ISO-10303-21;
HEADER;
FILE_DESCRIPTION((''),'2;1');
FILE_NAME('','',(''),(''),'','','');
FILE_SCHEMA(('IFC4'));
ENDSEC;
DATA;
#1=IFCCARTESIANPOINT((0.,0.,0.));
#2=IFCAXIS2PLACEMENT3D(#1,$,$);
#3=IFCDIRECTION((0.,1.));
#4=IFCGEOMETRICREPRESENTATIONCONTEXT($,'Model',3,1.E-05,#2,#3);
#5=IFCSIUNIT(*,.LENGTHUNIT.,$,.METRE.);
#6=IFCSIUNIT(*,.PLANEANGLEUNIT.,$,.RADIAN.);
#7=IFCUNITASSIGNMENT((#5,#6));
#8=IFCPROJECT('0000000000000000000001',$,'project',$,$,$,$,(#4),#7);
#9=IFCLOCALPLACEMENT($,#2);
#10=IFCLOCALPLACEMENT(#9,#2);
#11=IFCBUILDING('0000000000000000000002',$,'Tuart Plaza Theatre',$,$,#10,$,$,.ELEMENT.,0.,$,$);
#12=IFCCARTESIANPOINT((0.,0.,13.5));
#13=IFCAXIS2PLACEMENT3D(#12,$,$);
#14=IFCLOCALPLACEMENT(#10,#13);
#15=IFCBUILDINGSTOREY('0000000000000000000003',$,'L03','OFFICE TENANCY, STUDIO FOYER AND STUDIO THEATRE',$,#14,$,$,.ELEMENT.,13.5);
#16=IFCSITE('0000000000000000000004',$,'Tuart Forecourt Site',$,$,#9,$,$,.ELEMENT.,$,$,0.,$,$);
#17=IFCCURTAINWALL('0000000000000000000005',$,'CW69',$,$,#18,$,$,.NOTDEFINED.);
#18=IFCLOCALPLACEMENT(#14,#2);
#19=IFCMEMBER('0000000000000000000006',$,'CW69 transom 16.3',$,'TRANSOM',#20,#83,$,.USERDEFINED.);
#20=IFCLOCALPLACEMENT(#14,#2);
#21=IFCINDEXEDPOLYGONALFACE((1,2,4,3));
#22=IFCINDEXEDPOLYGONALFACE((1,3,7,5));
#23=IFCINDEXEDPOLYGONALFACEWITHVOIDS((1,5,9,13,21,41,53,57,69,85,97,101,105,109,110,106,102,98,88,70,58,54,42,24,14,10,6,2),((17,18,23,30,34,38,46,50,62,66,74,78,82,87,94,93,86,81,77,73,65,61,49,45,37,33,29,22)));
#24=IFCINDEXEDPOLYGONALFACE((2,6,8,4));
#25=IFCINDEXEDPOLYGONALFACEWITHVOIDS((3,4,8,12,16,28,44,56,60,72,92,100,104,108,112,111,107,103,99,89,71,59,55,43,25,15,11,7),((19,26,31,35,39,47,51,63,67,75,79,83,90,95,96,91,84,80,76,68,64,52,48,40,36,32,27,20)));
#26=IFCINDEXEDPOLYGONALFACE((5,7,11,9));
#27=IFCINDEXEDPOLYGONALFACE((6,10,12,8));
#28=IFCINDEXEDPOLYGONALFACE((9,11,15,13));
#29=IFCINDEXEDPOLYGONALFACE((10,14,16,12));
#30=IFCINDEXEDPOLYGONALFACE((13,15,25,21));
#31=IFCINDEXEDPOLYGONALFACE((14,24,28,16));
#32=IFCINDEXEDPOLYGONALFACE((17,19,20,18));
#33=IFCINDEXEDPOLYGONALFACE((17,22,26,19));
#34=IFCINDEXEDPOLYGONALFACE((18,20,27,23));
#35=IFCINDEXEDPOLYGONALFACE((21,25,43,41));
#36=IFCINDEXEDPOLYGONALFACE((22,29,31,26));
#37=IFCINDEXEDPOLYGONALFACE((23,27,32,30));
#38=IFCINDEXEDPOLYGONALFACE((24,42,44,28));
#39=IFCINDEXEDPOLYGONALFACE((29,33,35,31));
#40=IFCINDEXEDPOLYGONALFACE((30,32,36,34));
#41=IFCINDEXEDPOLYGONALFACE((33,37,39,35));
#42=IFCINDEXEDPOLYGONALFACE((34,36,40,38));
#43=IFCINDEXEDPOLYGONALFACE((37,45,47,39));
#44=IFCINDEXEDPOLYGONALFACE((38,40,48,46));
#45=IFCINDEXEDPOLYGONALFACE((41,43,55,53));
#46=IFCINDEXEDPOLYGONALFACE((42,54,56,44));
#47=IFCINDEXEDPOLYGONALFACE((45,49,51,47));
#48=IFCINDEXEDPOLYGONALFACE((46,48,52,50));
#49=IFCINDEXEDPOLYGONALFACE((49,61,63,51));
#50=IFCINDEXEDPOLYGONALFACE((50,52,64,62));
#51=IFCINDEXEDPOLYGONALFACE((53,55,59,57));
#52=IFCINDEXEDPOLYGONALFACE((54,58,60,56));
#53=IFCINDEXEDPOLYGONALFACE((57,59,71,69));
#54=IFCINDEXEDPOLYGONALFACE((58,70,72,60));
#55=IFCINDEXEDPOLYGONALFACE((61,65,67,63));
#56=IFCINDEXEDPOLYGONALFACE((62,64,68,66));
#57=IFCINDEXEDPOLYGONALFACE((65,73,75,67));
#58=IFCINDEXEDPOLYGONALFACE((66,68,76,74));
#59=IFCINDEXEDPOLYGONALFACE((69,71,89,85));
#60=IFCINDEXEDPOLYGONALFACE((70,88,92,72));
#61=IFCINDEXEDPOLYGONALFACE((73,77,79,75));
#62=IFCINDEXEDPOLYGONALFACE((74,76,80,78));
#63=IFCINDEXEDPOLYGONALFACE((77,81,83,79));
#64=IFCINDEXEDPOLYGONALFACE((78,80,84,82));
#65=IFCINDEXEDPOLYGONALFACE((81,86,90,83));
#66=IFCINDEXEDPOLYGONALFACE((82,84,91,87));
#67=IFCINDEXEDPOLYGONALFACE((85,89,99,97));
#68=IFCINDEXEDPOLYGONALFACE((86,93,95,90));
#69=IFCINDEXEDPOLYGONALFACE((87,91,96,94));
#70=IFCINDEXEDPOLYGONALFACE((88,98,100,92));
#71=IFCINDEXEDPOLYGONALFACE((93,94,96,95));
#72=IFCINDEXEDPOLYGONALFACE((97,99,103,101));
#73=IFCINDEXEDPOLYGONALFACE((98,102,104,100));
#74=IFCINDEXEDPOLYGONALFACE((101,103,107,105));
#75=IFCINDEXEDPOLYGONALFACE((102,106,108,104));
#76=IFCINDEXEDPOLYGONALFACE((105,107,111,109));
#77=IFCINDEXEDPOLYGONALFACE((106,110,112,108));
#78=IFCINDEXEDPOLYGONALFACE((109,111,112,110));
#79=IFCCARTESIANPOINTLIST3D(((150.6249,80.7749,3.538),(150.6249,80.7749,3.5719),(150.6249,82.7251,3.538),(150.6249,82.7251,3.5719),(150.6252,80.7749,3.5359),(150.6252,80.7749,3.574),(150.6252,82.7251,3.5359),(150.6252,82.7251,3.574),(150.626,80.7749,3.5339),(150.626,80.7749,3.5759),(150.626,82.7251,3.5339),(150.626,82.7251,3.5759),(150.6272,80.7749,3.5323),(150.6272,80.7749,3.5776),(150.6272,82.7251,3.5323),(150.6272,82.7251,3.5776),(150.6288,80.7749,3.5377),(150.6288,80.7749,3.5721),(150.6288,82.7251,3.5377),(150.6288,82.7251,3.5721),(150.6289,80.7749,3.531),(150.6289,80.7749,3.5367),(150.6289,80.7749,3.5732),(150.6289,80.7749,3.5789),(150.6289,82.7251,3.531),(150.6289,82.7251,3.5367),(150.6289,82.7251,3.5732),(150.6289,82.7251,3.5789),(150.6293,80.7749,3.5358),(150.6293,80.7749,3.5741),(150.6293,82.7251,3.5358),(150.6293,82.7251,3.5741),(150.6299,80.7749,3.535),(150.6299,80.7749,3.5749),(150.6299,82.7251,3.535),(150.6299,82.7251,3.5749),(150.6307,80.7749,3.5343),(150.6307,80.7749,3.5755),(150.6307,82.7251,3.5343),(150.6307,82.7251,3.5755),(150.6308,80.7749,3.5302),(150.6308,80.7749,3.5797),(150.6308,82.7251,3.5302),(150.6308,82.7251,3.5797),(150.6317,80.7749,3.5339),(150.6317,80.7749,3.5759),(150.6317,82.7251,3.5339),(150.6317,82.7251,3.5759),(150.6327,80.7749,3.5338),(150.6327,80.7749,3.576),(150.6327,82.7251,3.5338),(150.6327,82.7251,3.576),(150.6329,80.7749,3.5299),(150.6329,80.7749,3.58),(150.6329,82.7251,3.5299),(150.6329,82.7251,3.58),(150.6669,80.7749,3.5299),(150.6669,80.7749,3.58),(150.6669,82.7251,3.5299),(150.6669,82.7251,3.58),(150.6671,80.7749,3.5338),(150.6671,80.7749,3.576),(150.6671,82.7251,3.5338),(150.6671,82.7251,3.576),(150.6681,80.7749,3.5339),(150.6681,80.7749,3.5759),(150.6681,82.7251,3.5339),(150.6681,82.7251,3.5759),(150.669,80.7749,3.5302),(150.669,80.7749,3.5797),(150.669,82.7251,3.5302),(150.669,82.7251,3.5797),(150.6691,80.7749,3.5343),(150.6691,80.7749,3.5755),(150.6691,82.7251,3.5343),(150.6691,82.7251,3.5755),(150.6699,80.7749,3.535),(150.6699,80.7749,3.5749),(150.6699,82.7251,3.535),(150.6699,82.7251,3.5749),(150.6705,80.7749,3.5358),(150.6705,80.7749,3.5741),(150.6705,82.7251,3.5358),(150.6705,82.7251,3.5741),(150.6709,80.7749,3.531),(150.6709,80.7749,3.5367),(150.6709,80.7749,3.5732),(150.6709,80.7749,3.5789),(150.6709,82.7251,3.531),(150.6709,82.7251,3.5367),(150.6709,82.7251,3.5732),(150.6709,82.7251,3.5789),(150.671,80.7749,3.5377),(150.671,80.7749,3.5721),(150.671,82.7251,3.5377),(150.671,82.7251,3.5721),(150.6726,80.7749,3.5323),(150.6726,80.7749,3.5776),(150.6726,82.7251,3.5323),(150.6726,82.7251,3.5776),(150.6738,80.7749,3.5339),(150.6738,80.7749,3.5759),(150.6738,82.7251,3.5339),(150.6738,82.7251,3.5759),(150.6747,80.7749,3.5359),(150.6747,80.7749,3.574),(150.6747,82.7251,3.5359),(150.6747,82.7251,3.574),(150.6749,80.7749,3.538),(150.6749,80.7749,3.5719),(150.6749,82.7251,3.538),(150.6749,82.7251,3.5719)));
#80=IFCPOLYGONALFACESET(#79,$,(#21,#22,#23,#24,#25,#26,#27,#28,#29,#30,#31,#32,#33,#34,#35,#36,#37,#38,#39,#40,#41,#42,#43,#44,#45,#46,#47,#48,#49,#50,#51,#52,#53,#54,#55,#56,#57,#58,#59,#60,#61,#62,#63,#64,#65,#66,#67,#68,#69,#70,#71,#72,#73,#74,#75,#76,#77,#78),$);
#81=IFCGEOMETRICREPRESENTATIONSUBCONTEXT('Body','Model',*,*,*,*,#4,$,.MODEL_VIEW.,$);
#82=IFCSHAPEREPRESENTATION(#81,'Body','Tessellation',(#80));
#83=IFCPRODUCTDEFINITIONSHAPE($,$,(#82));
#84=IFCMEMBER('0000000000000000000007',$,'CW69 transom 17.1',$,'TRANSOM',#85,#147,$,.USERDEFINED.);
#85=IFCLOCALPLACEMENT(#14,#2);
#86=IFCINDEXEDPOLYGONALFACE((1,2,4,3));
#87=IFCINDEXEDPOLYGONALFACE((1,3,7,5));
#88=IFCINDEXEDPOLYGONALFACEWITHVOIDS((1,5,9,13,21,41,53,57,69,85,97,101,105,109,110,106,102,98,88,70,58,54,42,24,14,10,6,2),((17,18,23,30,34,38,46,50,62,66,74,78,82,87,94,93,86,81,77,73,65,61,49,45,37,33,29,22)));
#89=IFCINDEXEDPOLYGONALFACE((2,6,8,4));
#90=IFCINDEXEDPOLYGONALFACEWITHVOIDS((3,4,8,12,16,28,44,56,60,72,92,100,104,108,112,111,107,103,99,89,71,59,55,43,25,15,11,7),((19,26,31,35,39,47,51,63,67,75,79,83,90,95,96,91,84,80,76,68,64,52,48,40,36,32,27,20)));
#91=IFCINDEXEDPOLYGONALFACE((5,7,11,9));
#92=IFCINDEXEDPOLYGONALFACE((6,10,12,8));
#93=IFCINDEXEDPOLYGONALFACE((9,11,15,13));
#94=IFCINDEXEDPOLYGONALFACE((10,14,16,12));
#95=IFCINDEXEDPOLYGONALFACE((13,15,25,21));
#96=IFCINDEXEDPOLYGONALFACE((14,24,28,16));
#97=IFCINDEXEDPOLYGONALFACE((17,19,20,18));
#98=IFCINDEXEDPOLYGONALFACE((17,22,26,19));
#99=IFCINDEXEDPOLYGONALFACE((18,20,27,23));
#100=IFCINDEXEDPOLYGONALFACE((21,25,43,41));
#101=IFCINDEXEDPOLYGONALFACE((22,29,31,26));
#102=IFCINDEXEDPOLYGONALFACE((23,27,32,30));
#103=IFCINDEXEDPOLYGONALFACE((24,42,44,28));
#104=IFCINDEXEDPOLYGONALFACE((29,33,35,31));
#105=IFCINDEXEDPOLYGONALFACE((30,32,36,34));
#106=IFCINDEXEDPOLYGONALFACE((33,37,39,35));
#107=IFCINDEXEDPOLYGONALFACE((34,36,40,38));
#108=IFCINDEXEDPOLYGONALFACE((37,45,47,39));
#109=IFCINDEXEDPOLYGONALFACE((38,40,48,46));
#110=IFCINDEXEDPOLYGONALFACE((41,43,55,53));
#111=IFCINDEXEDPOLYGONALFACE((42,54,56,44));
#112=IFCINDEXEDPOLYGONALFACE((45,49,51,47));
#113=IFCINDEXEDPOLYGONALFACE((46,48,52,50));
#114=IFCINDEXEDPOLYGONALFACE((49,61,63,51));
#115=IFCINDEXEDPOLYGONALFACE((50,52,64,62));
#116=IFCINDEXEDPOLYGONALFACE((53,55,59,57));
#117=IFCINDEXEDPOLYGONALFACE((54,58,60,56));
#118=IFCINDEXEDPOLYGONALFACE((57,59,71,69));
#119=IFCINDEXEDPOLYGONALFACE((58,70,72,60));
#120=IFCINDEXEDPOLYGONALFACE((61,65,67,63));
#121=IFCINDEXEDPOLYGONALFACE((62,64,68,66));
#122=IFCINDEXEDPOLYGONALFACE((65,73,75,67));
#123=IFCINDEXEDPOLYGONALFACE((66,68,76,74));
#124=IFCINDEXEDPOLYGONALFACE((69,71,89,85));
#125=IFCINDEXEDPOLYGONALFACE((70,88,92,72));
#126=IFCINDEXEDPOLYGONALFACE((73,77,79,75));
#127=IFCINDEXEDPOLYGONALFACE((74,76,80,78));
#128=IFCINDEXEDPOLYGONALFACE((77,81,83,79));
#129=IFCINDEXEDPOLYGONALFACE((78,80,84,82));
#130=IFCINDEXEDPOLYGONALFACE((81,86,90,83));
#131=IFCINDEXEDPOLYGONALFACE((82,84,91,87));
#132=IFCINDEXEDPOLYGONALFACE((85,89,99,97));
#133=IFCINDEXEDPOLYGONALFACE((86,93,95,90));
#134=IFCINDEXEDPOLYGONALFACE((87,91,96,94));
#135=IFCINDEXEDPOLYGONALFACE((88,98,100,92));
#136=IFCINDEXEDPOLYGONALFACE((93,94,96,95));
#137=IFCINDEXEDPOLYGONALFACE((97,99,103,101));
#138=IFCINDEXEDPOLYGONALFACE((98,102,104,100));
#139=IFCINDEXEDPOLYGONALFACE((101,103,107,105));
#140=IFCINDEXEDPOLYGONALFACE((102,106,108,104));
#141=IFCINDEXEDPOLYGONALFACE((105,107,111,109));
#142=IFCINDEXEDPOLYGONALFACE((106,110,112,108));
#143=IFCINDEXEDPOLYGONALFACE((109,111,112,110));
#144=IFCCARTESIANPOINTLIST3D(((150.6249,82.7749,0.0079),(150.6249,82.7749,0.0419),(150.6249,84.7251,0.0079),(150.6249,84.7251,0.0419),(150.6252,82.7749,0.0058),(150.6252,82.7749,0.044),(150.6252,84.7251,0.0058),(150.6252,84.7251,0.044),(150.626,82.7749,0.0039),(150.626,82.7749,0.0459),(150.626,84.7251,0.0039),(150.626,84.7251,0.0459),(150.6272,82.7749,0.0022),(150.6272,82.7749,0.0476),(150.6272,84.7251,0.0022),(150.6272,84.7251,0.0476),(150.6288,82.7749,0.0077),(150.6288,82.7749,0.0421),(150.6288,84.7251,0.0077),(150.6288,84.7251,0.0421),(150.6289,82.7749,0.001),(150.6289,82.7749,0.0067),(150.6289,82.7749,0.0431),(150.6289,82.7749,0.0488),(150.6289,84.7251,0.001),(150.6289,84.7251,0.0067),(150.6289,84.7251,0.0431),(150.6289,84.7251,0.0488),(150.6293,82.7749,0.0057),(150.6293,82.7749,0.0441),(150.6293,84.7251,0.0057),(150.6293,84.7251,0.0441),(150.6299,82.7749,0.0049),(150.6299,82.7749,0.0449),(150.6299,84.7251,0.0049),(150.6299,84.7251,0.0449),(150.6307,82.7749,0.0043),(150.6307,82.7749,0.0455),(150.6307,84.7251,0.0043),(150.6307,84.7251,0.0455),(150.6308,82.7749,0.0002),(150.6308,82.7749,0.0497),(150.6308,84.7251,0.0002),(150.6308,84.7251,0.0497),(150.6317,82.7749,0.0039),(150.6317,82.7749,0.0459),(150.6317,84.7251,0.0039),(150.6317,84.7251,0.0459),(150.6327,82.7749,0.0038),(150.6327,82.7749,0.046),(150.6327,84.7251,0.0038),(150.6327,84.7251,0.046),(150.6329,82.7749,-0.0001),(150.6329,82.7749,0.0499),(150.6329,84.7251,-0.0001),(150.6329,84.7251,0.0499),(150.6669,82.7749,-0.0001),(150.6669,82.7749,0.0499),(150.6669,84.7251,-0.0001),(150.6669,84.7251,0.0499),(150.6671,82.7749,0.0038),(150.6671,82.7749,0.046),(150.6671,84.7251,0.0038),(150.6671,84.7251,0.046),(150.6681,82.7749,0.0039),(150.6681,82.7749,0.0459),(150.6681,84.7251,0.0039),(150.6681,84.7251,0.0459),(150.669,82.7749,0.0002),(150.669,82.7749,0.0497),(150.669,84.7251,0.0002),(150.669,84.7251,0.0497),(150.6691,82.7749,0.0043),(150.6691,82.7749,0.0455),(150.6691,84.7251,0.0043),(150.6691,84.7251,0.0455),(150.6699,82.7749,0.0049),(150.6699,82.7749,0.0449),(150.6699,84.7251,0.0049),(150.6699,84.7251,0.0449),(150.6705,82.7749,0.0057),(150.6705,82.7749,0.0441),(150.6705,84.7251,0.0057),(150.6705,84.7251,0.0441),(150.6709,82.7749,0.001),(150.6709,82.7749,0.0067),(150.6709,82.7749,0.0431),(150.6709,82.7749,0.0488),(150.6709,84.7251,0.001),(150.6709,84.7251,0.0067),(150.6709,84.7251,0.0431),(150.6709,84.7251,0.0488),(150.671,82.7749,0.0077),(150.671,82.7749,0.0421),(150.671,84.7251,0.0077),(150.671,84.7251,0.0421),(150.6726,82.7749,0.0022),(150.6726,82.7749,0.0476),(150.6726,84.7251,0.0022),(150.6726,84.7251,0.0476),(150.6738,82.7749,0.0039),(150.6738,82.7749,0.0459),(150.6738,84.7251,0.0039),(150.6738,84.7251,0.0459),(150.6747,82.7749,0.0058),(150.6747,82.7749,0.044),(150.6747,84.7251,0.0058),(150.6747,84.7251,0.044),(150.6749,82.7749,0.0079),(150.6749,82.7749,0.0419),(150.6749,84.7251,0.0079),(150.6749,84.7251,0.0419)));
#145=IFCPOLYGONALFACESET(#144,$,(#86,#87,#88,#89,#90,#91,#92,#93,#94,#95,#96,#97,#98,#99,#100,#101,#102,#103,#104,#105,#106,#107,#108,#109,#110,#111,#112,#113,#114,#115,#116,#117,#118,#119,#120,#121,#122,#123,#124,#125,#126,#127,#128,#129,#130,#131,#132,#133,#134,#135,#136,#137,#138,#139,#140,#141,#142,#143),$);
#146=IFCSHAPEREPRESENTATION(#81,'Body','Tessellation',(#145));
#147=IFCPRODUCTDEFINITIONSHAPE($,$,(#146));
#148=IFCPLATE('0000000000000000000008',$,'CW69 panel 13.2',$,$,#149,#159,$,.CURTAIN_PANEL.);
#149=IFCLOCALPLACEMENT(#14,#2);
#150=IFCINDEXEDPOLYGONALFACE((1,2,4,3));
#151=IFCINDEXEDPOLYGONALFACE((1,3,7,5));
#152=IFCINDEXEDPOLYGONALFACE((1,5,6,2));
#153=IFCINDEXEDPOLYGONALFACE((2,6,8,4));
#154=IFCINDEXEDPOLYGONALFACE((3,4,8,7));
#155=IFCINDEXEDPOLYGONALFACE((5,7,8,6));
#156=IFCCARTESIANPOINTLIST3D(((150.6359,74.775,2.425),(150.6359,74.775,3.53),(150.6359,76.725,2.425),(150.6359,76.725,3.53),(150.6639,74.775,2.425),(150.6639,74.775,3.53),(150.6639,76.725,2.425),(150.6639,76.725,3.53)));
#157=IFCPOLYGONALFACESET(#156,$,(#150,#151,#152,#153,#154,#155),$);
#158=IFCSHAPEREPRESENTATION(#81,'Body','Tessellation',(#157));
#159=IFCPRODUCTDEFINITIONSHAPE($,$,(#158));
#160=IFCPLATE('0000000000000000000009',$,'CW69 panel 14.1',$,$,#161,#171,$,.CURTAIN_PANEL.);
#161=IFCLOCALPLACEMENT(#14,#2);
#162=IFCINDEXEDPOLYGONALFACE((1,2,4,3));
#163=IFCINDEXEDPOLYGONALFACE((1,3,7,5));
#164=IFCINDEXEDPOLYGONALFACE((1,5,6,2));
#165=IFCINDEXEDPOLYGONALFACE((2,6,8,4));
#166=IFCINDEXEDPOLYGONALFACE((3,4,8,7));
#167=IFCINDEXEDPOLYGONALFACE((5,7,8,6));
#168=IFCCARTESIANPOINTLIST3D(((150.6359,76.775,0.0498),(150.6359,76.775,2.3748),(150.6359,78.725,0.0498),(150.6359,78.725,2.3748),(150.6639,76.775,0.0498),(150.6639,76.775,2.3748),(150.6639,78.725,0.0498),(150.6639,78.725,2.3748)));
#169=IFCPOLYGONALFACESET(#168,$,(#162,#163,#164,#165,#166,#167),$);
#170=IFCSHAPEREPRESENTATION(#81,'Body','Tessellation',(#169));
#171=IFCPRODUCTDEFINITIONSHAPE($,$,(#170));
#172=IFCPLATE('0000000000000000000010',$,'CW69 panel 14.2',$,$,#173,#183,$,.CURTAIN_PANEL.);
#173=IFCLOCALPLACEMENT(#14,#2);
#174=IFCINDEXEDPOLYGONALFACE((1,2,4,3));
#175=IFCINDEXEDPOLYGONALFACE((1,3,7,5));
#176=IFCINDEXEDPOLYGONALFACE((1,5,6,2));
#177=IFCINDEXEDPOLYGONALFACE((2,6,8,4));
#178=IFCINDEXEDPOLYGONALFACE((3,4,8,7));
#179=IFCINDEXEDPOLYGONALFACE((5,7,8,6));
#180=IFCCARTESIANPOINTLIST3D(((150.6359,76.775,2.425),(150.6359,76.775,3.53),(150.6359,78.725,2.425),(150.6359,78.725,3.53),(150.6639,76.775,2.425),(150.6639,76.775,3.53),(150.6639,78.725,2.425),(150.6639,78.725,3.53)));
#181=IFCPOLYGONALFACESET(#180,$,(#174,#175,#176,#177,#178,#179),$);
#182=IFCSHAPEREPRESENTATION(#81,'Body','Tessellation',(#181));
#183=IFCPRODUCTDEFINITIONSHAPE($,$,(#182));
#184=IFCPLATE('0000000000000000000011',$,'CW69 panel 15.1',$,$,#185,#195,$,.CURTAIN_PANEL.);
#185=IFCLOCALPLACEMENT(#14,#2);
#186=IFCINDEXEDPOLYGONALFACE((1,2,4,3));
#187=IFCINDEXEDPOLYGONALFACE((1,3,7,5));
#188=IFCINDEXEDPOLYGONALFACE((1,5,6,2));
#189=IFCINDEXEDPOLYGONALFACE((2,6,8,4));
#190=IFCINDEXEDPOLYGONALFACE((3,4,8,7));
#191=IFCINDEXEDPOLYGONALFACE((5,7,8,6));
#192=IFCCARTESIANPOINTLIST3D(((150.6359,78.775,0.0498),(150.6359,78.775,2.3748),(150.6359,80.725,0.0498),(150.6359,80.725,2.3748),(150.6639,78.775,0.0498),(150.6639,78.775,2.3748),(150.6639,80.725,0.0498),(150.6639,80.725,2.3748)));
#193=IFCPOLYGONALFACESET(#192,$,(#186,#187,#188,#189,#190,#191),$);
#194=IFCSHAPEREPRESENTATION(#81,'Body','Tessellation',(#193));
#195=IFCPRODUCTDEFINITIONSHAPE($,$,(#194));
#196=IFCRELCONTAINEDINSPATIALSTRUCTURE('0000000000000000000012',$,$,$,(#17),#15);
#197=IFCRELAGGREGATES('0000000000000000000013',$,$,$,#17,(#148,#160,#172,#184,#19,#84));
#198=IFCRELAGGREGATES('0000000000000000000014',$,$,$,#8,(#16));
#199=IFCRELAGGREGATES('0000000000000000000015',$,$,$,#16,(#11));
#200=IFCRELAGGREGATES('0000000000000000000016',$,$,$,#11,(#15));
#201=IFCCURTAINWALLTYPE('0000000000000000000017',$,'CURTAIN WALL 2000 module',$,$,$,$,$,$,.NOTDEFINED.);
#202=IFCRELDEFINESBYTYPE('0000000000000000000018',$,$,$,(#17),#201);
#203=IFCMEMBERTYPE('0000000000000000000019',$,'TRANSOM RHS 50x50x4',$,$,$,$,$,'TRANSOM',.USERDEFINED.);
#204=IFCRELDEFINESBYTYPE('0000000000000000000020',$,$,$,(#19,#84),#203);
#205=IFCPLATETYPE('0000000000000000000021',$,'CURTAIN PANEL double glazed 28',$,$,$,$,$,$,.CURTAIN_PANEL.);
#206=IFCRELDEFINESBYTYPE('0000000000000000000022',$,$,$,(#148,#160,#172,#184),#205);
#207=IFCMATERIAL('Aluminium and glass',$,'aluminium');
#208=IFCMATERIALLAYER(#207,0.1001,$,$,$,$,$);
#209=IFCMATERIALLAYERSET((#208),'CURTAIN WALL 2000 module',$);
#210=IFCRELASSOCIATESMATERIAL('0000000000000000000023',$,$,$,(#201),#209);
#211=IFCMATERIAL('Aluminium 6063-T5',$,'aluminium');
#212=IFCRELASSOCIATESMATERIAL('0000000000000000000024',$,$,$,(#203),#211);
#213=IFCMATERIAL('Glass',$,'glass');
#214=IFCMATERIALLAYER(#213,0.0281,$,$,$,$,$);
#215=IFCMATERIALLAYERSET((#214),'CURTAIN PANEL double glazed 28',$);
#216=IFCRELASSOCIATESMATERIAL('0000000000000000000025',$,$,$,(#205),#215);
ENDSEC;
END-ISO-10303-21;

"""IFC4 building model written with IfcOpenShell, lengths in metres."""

from ifc_helpers import new_model, si_unit, direction, frame, origin, origin_2d, place, context, subcontext, project, spatial, rectangle, hollow_rectangle, extrude, material, layer, layer_set, material_profile, profile_set, type_object, element, aggregate, save


model = new_model("IFC4")

# Units and contexts
model_context = context("Model", 3, precision=1e-05, world=origin(), true_north=direction((0.0, 1.0)))
body_context = subcontext(model_context, "Body", "Model", "MODEL_VIEW")
ifc_project = project(units=[si_unit("LENGTHUNIT", "METRE"), si_unit("PLANEANGLEUNIT", "RADIAN")], contexts=[model_context])

# Site, building, storey
site_placement = place(None, origin())
site = spatial("IfcSite", under=ifc_project, at=site_placement, Name="Tuart Forecourt Site", CompositionType="ELEMENT", RefElevation=0.0)
building_placement = place(site_placement, origin())
building = spatial("IfcBuilding", under=site, at=building_placement, Name="Tuart Plaza Theatre", CompositionType="ELEMENT", ElevationOfRefHeight=0.0)
storey_placement = place(building_placement, frame((0.0, 0.0, 13.5)))
storey = spatial("IfcBuildingStorey", under=building, at=storey_placement, Name="L03", Description="OFFICE TENANCY, STUDIO FOYER AND STUDIO THEATRE", CompositionType="ELEMENT", Elevation=13.5)

# Curtain wall, members, plates
ifc_material_1 = material(Name="Aluminium and glass", Category="aluminium")
ifc_layer_1 = layer(ifc_material_1, 0.1001)
ifc_layer_set_1 = layer_set([ifc_layer_1], Name="CURTAIN WALL 2000 module")
curtain_wall_type = type_object("IfcCurtainWallType", Name="CURTAIN WALL 2000 module", PredefinedType="NOTDEFINED", material=ifc_layer_set_1)
curtain_wall_placement = place(storey_placement, origin())
curtain_wall = element("IfcCurtainWall", 1, at=curtain_wall_placement, inside=storey, type_object=curtain_wall_type, Name="CW69", PredefinedType="NOTDEFINED")
ifc_material_2 = material(Name="Aluminium 6063-T5", Category="aluminium")
ifc_material_profile_1 = material_profile(ifc_material_2, hollow_rectangle(XDim=0.05, YDim=0.05, WallThickness=0.0039, InnerFilletRadius=0.0039, OuterFilletRadius=0.0081, at=origin_2d()), Name="RHS 50x50x4")
ifc_profile_set_1 = profile_set([ifc_material_profile_1], Name="Aluminium 6063-T5")
member_type_1 = type_object("IfcMemberType", Name="TRANSOM RHS 50x50x4", ElementType="TRANSOM", PredefinedType="USERDEFINED", material=ifc_profile_set_1)
member_1_placement = place(storey_placement, frame((150.6499, 80.7749, 3.5549), z_axis=(0.0, 1.0, 0.0), x_axis=(-1.0, 0.0, 0.0)))
member_1 = element("IfcMember", 2, at=member_1_placement, type_object=member_type_1, Name="CW69 transom 16.3", ObjectType="TRANSOM", PredefinedType="USERDEFINED", context=body_context, shape_type="SweptSolid", body=[
    extrude(hollow_rectangle(XDim=0.05, YDim=0.05, WallThickness=0.0039, InnerFilletRadius=0.0039, OuterFilletRadius=0.0081, at=origin_2d()), origin(), (0.0, 0.0, 1.0), 1.9502),
])
member_2_placement = place(storey_placement, frame((150.6499, 82.7749, 0.0249), z_axis=(0.0, 1.0, 0.0), x_axis=(-1.0, 0.0, 0.0)))
member_2 = element("IfcMember", 3, at=member_2_placement, type_object=member_type_1, Name="CW69 transom 17.1", ObjectType="TRANSOM", PredefinedType="USERDEFINED", context=body_context, shape_type="SweptSolid", body=[
    extrude(hollow_rectangle(XDim=0.05, YDim=0.05, WallThickness=0.0039, InnerFilletRadius=0.0039, OuterFilletRadius=0.0081, at=origin_2d()), origin(), (0.0, 0.0, 1.0), 1.9502),
])
ifc_material_3 = material(Name="Glass", Category="glass")
ifc_layer_2 = layer(ifc_material_3, 0.0281)
ifc_layer_set_2 = layer_set([ifc_layer_2], Name="CURTAIN PANEL double glazed 28")
plate_type = type_object("IfcPlateType", Name="CURTAIN PANEL double glazed 28", PredefinedType="CURTAIN_PANEL", material=ifc_layer_set_2)
plate_1_placement = place(storey_placement, frame((150.6499, 75.75, 2.425), z_axis=(0.0, 0.0, 1.0), x_axis=(0.0, 1.0, 0.0)))
plate_1 = element("IfcPlate", 4, at=plate_1_placement, type_object=plate_type, Name="CW69 panel 13.2", PredefinedType="CURTAIN_PANEL", context=body_context, shape_type="SweptSolid", body=[
    extrude(rectangle(XDim=1.95, YDim=0.0281, at=origin_2d()), origin(), (0.0, 0.0, 1.0), 1.105),
])
plate_2_placement = place(storey_placement, frame((150.6499, 77.75, 0.0498), z_axis=(0.0, 0.0, 1.0), x_axis=(0.0, 1.0, 0.0)))
plate_2 = element("IfcPlate", 5, at=plate_2_placement, type_object=plate_type, Name="CW69 panel 14.1", PredefinedType="CURTAIN_PANEL", context=body_context, shape_type="SweptSolid", body=[
    extrude(rectangle(XDim=1.95, YDim=0.0281, at=origin_2d()), origin(), (0.0, 0.0, 1.0), 2.325),
])
plate_3_placement = place(storey_placement, frame((150.6499, 77.75, 2.425), z_axis=(0.0, 0.0, 1.0), x_axis=(0.0, 1.0, 0.0)))
plate_3 = element("IfcPlate", 6, at=plate_3_placement, type_object=plate_type, Name="CW69 panel 14.2", PredefinedType="CURTAIN_PANEL", context=body_context, shape_type="SweptSolid", body=[
    extrude(rectangle(XDim=1.95, YDim=0.0281, at=origin_2d()), origin(), (0.0, 0.0, 1.0), 1.105),
])
plate_4_placement = place(storey_placement, frame((150.6499, 79.75, 0.0498), z_axis=(0.0, 0.0, 1.0), x_axis=(0.0, 1.0, 0.0)))
plate_4 = element("IfcPlate", 7, at=plate_4_placement, type_object=plate_type, Name="CW69 panel 15.1", PredefinedType="CURTAIN_PANEL", context=body_context, shape_type="SweptSolid", body=[
    extrude(rectangle(XDim=1.95, YDim=0.0281, at=origin_2d()), origin(), (0.0, 0.0, 1.0), 2.325),
])
aggregate(curtain_wall, [plate_1, plate_2, plate_3, plate_4, member_1, member_2])

save(model, "model.ifc")
